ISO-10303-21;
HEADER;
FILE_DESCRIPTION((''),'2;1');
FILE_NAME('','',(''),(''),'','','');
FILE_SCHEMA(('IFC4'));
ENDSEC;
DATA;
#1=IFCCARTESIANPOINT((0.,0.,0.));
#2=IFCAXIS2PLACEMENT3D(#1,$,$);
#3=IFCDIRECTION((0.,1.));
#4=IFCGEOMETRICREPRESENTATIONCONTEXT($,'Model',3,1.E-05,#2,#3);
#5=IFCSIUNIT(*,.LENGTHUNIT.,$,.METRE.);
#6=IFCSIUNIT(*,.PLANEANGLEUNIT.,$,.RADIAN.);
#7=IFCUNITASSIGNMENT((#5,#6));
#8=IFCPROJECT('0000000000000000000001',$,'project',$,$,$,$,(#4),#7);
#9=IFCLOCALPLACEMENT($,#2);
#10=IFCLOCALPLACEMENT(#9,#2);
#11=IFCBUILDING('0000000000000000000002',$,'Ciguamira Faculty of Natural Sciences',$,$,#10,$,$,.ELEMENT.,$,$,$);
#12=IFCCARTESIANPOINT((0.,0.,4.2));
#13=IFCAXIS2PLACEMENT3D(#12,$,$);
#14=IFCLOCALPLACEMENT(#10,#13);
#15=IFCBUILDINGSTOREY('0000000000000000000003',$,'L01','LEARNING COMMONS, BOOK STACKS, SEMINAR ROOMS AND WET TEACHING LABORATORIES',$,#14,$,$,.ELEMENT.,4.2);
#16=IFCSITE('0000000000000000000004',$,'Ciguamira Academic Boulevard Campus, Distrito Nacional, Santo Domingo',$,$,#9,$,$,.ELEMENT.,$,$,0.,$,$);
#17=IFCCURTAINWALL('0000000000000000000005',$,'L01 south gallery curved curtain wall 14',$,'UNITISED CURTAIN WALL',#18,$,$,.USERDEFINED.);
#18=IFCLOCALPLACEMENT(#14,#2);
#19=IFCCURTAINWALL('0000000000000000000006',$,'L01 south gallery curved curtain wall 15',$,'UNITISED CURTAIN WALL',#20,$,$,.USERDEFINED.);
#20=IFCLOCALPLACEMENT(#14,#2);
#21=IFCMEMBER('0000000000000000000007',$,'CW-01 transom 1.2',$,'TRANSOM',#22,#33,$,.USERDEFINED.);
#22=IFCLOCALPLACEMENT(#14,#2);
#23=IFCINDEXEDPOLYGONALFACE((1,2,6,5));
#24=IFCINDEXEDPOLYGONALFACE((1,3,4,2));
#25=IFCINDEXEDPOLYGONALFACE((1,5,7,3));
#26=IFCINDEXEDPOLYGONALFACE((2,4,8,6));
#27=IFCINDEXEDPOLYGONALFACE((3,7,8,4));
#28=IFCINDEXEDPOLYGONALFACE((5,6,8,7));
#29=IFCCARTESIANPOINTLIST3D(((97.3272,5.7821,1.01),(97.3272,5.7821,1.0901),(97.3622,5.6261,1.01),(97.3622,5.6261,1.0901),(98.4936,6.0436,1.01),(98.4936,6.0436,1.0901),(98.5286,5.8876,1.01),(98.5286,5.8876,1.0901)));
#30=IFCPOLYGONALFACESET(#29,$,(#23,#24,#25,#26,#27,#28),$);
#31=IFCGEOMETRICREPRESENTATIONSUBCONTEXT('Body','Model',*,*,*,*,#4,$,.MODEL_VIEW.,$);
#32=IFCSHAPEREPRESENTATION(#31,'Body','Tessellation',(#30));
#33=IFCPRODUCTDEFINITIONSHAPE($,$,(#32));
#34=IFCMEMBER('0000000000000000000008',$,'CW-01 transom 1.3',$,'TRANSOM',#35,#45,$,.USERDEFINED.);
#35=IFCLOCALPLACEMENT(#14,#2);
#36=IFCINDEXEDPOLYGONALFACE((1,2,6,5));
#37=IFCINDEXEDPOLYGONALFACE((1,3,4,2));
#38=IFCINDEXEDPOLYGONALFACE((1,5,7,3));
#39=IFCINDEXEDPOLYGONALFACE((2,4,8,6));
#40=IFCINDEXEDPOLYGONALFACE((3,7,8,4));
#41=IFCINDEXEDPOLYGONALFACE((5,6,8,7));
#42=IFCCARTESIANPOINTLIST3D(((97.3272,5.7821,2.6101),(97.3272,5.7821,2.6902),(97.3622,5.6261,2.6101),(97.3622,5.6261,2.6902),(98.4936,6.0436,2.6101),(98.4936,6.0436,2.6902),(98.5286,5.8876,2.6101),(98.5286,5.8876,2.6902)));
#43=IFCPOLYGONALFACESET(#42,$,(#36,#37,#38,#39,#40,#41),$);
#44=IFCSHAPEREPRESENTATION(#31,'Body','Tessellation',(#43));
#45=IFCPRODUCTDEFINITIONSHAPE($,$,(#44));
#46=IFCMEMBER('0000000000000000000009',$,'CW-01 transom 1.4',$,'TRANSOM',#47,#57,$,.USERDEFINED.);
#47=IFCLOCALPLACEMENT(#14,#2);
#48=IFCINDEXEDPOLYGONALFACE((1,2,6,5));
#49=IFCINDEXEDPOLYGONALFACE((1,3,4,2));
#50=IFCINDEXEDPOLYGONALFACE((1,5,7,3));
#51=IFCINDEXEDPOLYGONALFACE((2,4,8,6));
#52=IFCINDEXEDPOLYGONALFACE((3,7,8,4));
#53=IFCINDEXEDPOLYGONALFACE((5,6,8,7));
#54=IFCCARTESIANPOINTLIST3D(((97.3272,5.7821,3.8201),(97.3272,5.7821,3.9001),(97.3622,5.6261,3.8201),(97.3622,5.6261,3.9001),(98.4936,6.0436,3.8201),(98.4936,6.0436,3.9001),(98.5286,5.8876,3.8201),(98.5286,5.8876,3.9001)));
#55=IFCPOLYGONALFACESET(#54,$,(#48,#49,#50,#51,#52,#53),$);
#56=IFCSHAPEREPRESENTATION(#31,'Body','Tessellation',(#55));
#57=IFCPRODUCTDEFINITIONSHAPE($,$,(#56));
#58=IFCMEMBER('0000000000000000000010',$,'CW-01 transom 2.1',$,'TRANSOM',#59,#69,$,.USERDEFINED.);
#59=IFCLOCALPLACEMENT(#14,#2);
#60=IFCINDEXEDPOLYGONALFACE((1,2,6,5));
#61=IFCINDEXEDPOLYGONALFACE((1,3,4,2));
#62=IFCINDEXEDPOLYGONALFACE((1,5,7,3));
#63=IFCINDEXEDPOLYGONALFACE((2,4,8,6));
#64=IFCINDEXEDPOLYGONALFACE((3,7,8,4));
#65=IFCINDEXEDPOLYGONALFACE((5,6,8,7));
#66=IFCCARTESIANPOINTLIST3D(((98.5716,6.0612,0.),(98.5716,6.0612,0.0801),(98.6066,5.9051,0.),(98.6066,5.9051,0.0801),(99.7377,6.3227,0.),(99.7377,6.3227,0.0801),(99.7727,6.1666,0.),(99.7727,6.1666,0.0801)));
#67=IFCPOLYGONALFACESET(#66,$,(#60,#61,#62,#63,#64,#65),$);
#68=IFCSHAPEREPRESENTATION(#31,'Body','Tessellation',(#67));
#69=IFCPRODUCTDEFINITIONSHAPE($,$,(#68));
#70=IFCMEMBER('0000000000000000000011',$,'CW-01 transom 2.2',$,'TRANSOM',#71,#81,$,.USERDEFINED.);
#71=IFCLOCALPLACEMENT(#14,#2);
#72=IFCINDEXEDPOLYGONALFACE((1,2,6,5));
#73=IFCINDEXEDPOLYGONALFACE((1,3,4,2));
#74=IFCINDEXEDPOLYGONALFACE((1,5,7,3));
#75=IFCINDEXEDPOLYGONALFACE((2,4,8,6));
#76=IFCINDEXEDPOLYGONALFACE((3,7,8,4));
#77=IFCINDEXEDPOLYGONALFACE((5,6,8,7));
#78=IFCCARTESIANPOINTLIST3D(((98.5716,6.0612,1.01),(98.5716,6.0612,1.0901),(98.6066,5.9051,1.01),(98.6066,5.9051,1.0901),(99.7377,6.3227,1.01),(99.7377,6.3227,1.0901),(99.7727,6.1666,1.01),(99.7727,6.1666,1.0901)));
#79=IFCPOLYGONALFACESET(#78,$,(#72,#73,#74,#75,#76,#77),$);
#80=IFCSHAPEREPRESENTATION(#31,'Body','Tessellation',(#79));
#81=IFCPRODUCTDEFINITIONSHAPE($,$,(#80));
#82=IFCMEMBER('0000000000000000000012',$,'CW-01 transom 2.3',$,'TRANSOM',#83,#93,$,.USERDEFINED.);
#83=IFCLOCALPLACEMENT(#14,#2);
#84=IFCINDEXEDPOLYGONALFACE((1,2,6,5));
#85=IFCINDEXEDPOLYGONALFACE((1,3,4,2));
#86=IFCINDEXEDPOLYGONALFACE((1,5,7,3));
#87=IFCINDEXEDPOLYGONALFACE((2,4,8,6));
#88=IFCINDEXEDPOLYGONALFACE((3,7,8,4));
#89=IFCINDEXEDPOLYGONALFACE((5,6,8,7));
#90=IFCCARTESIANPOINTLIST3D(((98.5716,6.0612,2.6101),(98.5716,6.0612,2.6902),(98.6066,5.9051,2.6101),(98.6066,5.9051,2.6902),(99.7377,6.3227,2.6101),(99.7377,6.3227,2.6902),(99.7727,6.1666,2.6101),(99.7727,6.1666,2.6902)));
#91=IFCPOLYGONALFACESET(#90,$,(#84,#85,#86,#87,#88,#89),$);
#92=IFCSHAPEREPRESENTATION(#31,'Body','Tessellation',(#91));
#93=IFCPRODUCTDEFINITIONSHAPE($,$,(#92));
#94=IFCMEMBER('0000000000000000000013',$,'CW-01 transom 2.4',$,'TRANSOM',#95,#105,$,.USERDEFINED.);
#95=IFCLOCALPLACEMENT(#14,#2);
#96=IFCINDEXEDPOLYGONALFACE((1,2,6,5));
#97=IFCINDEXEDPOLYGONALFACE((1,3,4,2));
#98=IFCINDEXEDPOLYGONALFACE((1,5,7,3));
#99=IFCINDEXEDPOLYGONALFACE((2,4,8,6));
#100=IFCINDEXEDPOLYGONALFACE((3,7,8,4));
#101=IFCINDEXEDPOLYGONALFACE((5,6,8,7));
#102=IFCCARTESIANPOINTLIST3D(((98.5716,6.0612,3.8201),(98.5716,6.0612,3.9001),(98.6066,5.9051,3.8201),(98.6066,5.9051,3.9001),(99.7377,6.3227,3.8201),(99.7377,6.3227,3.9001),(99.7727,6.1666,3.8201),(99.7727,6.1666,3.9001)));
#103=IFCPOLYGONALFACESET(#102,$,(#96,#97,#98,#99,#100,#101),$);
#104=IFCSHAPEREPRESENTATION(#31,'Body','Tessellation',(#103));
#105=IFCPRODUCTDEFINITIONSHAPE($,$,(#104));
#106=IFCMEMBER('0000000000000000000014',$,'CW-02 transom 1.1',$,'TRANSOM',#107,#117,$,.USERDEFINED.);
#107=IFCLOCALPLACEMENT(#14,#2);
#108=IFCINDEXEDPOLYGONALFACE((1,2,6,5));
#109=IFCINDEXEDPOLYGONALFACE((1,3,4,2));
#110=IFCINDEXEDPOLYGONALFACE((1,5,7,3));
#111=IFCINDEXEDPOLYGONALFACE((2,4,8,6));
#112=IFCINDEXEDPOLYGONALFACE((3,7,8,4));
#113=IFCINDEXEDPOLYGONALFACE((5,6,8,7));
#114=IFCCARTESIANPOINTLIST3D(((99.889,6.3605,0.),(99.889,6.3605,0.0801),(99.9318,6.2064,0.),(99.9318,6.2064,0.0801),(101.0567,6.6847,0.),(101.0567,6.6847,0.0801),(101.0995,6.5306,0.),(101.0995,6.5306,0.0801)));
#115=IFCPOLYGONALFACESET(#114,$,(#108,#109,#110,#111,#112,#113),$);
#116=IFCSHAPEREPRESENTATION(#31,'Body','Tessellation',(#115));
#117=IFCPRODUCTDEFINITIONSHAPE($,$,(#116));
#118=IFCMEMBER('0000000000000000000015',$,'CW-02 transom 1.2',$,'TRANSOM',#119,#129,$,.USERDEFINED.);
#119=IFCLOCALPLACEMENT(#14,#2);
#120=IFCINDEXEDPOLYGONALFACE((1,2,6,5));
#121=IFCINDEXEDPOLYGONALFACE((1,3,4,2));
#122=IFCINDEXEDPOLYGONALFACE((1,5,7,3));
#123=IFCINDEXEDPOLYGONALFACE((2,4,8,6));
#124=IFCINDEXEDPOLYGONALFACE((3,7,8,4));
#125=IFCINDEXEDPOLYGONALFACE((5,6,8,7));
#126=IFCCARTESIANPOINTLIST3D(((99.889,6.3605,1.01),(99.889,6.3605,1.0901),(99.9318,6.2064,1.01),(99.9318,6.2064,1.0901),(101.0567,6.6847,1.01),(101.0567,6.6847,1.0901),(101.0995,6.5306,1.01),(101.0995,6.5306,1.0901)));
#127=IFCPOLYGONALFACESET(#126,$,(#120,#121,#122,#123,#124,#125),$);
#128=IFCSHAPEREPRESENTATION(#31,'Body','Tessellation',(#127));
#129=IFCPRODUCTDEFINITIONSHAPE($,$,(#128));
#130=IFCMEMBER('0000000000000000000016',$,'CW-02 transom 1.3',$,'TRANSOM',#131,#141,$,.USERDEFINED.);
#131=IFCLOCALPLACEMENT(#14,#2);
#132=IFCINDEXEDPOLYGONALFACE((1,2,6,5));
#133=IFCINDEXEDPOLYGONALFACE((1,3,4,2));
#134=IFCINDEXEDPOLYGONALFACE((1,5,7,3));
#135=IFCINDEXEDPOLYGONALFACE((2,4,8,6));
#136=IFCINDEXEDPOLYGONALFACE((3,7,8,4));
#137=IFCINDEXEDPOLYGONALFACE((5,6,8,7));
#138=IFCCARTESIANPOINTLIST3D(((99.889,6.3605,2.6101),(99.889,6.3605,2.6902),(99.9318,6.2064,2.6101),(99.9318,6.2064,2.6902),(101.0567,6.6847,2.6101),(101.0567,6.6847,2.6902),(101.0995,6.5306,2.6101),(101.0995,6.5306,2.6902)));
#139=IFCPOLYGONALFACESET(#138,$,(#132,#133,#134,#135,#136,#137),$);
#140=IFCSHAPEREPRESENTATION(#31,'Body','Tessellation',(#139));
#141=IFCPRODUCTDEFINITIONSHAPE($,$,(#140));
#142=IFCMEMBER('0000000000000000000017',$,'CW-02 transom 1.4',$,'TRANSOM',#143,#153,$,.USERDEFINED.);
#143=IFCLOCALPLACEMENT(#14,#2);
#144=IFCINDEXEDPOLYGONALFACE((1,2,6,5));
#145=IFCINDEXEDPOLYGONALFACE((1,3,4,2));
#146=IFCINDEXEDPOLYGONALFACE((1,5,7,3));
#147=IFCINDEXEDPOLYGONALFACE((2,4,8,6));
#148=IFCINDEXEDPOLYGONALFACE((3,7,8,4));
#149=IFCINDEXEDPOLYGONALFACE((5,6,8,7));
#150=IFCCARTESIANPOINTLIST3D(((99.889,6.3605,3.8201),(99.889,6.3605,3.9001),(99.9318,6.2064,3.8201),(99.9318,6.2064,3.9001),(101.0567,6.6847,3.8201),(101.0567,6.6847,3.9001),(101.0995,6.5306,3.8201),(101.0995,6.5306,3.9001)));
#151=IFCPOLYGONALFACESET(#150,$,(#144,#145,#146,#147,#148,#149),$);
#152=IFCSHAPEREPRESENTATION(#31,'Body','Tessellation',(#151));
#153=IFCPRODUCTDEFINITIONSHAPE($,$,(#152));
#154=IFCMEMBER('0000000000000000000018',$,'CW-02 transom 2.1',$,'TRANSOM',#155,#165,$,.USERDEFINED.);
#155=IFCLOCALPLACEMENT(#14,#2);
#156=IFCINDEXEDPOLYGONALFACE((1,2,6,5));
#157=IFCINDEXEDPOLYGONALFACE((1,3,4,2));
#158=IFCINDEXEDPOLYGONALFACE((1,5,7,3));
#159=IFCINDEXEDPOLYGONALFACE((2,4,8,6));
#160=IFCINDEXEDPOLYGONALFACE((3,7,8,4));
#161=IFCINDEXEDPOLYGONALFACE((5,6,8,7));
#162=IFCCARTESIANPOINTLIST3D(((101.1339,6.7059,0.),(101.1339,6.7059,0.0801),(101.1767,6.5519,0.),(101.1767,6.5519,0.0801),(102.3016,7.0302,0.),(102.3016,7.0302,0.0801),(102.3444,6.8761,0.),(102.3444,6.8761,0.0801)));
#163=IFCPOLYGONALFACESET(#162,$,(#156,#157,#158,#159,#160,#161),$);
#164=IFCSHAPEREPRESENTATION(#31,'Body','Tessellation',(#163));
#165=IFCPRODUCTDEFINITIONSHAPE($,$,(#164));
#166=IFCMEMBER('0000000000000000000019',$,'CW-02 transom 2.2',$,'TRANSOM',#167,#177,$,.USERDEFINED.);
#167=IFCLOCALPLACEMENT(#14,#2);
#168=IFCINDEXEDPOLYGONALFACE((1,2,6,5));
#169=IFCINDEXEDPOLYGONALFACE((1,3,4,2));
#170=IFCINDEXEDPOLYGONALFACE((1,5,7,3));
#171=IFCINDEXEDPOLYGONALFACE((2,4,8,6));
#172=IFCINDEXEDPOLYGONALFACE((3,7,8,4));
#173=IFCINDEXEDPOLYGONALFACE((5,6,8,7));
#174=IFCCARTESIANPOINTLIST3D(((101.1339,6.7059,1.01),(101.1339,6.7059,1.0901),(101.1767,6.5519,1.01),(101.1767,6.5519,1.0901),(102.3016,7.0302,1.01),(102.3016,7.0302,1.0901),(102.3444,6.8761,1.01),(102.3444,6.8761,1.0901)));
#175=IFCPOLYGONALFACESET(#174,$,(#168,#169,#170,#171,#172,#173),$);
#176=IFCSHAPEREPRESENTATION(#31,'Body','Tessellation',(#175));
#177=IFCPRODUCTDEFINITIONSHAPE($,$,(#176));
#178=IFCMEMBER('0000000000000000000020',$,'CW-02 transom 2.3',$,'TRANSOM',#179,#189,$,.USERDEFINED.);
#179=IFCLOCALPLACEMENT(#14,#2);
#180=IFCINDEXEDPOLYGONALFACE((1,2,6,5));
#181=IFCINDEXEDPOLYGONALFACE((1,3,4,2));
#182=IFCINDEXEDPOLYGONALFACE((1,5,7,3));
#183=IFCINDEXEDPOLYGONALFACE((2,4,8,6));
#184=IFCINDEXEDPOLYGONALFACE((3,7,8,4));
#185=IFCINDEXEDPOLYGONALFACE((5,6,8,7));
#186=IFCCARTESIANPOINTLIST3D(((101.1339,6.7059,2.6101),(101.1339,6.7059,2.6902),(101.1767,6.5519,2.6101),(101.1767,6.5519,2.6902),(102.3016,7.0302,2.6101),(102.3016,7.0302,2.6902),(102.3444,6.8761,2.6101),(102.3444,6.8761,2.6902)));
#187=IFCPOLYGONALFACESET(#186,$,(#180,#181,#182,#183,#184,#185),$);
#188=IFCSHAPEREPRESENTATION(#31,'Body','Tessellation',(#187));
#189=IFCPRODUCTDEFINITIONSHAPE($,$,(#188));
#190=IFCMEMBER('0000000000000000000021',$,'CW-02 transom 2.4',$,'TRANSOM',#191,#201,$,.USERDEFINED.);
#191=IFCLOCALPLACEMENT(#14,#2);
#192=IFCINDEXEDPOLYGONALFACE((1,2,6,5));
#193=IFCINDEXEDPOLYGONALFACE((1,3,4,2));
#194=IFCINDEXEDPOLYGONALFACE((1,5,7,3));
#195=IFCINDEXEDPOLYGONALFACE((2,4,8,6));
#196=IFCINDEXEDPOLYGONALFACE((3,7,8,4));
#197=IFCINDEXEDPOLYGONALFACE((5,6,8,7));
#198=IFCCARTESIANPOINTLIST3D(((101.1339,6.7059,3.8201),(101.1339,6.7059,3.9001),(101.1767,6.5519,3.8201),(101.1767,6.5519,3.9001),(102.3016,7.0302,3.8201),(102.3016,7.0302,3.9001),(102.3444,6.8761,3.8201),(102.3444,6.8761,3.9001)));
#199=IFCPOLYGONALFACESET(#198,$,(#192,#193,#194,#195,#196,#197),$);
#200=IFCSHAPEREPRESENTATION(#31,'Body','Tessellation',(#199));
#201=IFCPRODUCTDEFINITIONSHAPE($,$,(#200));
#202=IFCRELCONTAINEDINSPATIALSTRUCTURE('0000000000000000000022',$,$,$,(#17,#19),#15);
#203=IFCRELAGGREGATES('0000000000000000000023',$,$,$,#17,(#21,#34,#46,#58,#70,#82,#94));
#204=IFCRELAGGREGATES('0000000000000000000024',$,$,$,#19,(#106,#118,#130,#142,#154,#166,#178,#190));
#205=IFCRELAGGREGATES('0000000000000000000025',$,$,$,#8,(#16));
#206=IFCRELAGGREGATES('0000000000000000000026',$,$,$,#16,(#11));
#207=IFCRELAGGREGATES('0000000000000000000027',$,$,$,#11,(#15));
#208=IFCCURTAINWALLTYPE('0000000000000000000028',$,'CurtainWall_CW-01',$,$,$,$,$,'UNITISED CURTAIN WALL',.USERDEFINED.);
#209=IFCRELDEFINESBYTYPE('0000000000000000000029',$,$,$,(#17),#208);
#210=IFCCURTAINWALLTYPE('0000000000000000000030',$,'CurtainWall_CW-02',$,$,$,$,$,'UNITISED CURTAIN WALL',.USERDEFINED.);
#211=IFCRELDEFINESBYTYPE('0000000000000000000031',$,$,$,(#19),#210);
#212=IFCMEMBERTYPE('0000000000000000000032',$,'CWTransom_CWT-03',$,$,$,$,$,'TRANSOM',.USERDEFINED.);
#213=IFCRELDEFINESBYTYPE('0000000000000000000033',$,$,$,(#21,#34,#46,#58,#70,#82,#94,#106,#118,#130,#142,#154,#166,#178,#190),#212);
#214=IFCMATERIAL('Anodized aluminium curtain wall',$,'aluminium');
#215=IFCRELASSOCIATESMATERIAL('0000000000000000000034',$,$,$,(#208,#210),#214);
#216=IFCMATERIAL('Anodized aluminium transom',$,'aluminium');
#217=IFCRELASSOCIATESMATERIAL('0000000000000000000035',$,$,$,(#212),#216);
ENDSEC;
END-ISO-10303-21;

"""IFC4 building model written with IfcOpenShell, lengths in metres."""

from ifc_helpers import new_model, si_unit, direction, frame, origin, origin_2d, place, context, subcontext, project, spatial, rectangle, extrude, material, material_profile, profile_set, type_object, element, aggregate, save


model = new_model("IFC4")

# Units and contexts
model_context = context("Model", 3, precision=1e-05, world=origin(), true_north=direction((0.0, 1.0)))
body_context = subcontext(model_context, "Body", "Model", "MODEL_VIEW")
ifc_project = project(units=[si_unit("LENGTHUNIT", "METRE"), si_unit("PLANEANGLEUNIT", "RADIAN")], contexts=[model_context])

# Site, building, storey
site_placement = place(None, origin())
site = spatial("IfcSite", under=ifc_project, at=site_placement, Name="Ciguamira Academic Boulevard Campus, Distrito Nacional, Santo Domingo", CompositionType="ELEMENT", RefElevation=0.0)
building_placement = place(site_placement, origin())
building = spatial("IfcBuilding", under=site, at=building_placement, Name="Ciguamira Faculty of Natural Sciences", CompositionType="ELEMENT")
storey_placement = place(building_placement, frame((0.0, 0.0, 4.2)))
storey = spatial("IfcBuildingStorey", under=building, at=storey_placement, Name="L01", Description="LEARNING COMMONS, BOOK STACKS, SEMINAR ROOMS AND WET TEACHING LABORATORIES", CompositionType="ELEMENT", Elevation=4.2)

# Shared definitions
ifc_material_1 = material(Name="Anodized aluminium curtain wall", Category="aluminium")

# Curtain walls
curtain_wall_type_1 = type_object("IfcCurtainWallType", Name="CurtainWall_CW-01", ElementType="UNITISED CURTAIN WALL", PredefinedType="USERDEFINED", material=ifc_material_1)
curtain_wall_1_placement = place(storey_placement, origin())
curtain_wall_1 = element("IfcCurtainWall", 1, at=curtain_wall_1_placement, inside=storey, type_object=curtain_wall_type_1, Name="L01 south gallery curved curtain wall 14", ObjectType="UNITISED CURTAIN WALL", PredefinedType="USERDEFINED")
curtain_wall_type_2 = type_object("IfcCurtainWallType", Name="CurtainWall_CW-02", ElementType="UNITISED CURTAIN WALL", PredefinedType="USERDEFINED", material=ifc_material_1)
curtain_wall_2_placement = place(storey_placement, origin())
curtain_wall_2 = element("IfcCurtainWall", 2, at=curtain_wall_2_placement, inside=storey, type_object=curtain_wall_type_2, Name="L01 south gallery curved curtain wall 15", ObjectType="UNITISED CURTAIN WALL", PredefinedType="USERDEFINED")

# Members
ifc_material_2 = material(Name="Anodized aluminium transom", Category="aluminium")
ifc_material_profile_1 = material_profile(ifc_material_2, rectangle(XDim=0.0801, YDim=0.1599, at=origin_2d()), Name="ALU-TRN-80X160")
ifc_profile_set_1 = profile_set([ifc_material_profile_1], Name="Anodized aluminium transom")
member_type_1 = type_object("IfcMemberType", Name="CWTransom_CWT-03", ElementType="TRANSOM", PredefinedType="USERDEFINED", material=ifc_profile_set_1)
member_1_placement = place(storey_placement, frame((97.3447, 5.7041, 1.05), z_axis=(0.975777, 0.218768, 0.0), x_axis=(0.0, 0.0, 1.0)))
member_1 = element("IfcMember", 3, at=member_1_placement, type_object=member_type_1, Name="CW-01 transom 1.2", ObjectType="TRANSOM", PredefinedType="USERDEFINED", context=body_context, shape_type="SweptSolid", body=[
    extrude(rectangle(XDim=0.0801, YDim=0.1599, at=origin_2d()), origin(), (0.0, 0.0, 1.0), 1.1953),
])
member_2_placement = place(storey_placement, frame((97.3447, 5.7041, 2.6501), z_axis=(0.975777, 0.218768, 0.0), x_axis=(0.0, 0.0, 1.0)))
member_2 = element("IfcMember", 4, at=member_2_placement, type_object=member_type_1, Name="CW-01 transom 1.3", ObjectType="TRANSOM", PredefinedType="USERDEFINED", context=body_context, shape_type="SweptSolid", body=[
    extrude(rectangle(XDim=0.0801, YDim=0.1599, at=origin_2d()), origin(), (0.0, 0.0, 1.0), 1.1953),
])
member_3_placement = place(storey_placement, frame((97.3447, 5.7041, 3.8601), z_axis=(0.975777, 0.218768, 0.0), x_axis=(0.0, 0.0, 1.0)))
member_3 = element("IfcMember", 5, at=member_3_placement, type_object=member_type_1, Name="CW-01 transom 1.4", ObjectType="TRANSOM", PredefinedType="USERDEFINED", context=body_context, shape_type="SweptSolid", body=[
    extrude(rectangle(XDim=0.0801, YDim=0.1599, at=origin_2d()), origin(), (0.0, 0.0, 1.0), 1.1953),
])
member_4_placement = place(storey_placement, frame((98.5891, 5.9832, 0.04), z_axis=(0.975767, 0.218812, 0.0), x_axis=(0.0, 0.0, 1.0)))
member_4 = element("IfcMember", 6, at=member_4_placement, type_object=member_type_1, Name="CW-01 transom 2.1", ObjectType="TRANSOM", PredefinedType="USERDEFINED", context=body_context, shape_type="SweptSolid", body=[
    extrude(rectangle(XDim=0.0801, YDim=0.1599, at=origin_2d()), origin(), (0.0, 0.0, 1.0), 1.1951),
])
member_5_placement = place(storey_placement, frame((98.5891, 5.9832, 1.05), z_axis=(0.975767, 0.218812, 0.0), x_axis=(0.0, 0.0, 1.0)))
member_5 = element("IfcMember", 7, at=member_5_placement, type_object=member_type_1, Name="CW-01 transom 2.2", ObjectType="TRANSOM", PredefinedType="USERDEFINED", context=body_context, shape_type="SweptSolid", body=[
    extrude(rectangle(XDim=0.0801, YDim=0.1599, at=origin_2d()), origin(), (0.0, 0.0, 1.0), 1.1951),
])
member_6_placement = place(storey_placement, frame((98.5891, 5.9832, 2.6501), z_axis=(0.975767, 0.218812, 0.0), x_axis=(0.0, 0.0, 1.0)))
member_6 = element("IfcMember", 8, at=member_6_placement, type_object=member_type_1, Name="CW-01 transom 2.3", ObjectType="TRANSOM", PredefinedType="USERDEFINED", context=body_context, shape_type="SweptSolid", body=[
    extrude(rectangle(XDim=0.0801, YDim=0.1599, at=origin_2d()), origin(), (0.0, 0.0, 1.0), 1.1951),
])
member_7_placement = place(storey_placement, frame((98.5891, 5.9832, 3.8601), z_axis=(0.975767, 0.218812, 0.0), x_axis=(0.0, 0.0, 1.0)))
member_7 = element("IfcMember", 9, at=member_7_placement, type_object=member_type_1, Name="CW-01 transom 2.4", ObjectType="TRANSOM", PredefinedType="USERDEFINED", context=body_context, shape_type="SweptSolid", body=[
    extrude(rectangle(XDim=0.0801, YDim=0.1599, at=origin_2d()), origin(), (0.0, 0.0, 1.0), 1.1951),
])
member_8_placement = place(storey_placement, frame((99.9104, 6.2834, 0.04), z_axis=(0.96355, 0.26753, 0.0), x_axis=(0.0, 0.0, 1.0)))
member_8 = element("IfcMember", 10, at=member_8_placement, type_object=member_type_1, Name="CW-02 transom 1.1", ObjectType="TRANSOM", PredefinedType="USERDEFINED", context=body_context, shape_type="SweptSolid", body=[
    extrude(rectangle(XDim=0.0801, YDim=0.1599, at=origin_2d()), origin(), (0.0, 0.0, 1.0), 1.2119),
])
member_9_placement = place(storey_placement, frame((99.9104, 6.2834, 1.05), z_axis=(0.96355, 0.26753, 0.0), x_axis=(0.0, 0.0, 1.0)))
member_9 = element("IfcMember", 11, at=member_9_placement, type_object=member_type_1, Name="CW-02 transom 1.2", ObjectType="TRANSOM", PredefinedType="USERDEFINED", context=body_context, shape_type="SweptSolid", body=[
    extrude(rectangle(XDim=0.0801, YDim=0.1599, at=origin_2d()), origin(), (0.0, 0.0, 1.0), 1.2119),
])
member_10_placement = place(storey_placement, frame((99.9104, 6.2834, 2.6501), z_axis=(0.96355, 0.26753, 0.0), x_axis=(0.0, 0.0, 1.0)))
member_10 = element("IfcMember", 12, at=member_10_placement, type_object=member_type_1, Name="CW-02 transom 1.3", ObjectType="TRANSOM", PredefinedType="USERDEFINED", context=body_context, shape_type="SweptSolid", body=[
    extrude(rectangle(XDim=0.0801, YDim=0.1599, at=origin_2d()), origin(), (0.0, 0.0, 1.0), 1.2119),
])
member_11_placement = place(storey_placement, frame((99.9104, 6.2834, 3.8601), z_axis=(0.96355, 0.26753, 0.0), x_axis=(0.0, 0.0, 1.0)))
member_11 = element("IfcMember", 13, at=member_11_placement, type_object=member_type_1, Name="CW-02 transom 1.4", ObjectType="TRANSOM", PredefinedType="USERDEFINED", context=body_context, shape_type="SweptSolid", body=[
    extrude(rectangle(XDim=0.0801, YDim=0.1599, at=origin_2d()), origin(), (0.0, 0.0, 1.0), 1.2119),
])
member_12_placement = place(storey_placement, frame((101.1553, 6.6289, 0.04), z_axis=(0.96355, 0.26753, 0.0), x_axis=(0.0, 0.0, 1.0)))
member_12 = element("IfcMember", 14, at=member_12_placement, type_object=member_type_1, Name="CW-02 transom 2.1", ObjectType="TRANSOM", PredefinedType="USERDEFINED", context=body_context, shape_type="SweptSolid", body=[
    extrude(rectangle(XDim=0.0801, YDim=0.1599, at=origin_2d()), origin(), (0.0, 0.0, 1.0), 1.2119),
])
member_13_placement = place(storey_placement, frame((101.1553, 6.6289, 1.05), z_axis=(0.96355, 0.26753, 0.0), x_axis=(0.0, 0.0, 1.0)))
member_13 = element("IfcMember", 15, at=member_13_placement, type_object=member_type_1, Name="CW-02 transom 2.2", ObjectType="TRANSOM", PredefinedType="USERDEFINED", context=body_context, shape_type="SweptSolid", body=[
    extrude(rectangle(XDim=0.0801, YDim=0.1599, at=origin_2d()), origin(), (0.0, 0.0, 1.0), 1.2119),
])
member_14_placement = place(storey_placement, frame((101.1553, 6.6289, 2.6501), z_axis=(0.96355, 0.26753, 0.0), x_axis=(0.0, 0.0, 1.0)))
member_14 = element("IfcMember", 16, at=member_14_placement, type_object=member_type_1, Name="CW-02 transom 2.3", ObjectType="TRANSOM", PredefinedType="USERDEFINED", context=body_context, shape_type="SweptSolid", body=[
    extrude(rectangle(XDim=0.0801, YDim=0.1599, at=origin_2d()), origin(), (0.0, 0.0, 1.0), 1.2119),
])
member_15_placement = place(storey_placement, frame((101.1553, 6.6289, 3.8601), z_axis=(0.96355, 0.26753, 0.0), x_axis=(0.0, 0.0, 1.0)))
member_15 = element("IfcMember", 17, at=member_15_placement, type_object=member_type_1, Name="CW-02 transom 2.4", ObjectType="TRANSOM", PredefinedType="USERDEFINED", context=body_context, shape_type="SweptSolid", body=[
    extrude(rectangle(XDim=0.0801, YDim=0.1599, at=origin_2d()), origin(), (0.0, 0.0, 1.0), 1.2119),
])

aggregate(curtain_wall_1, [member_1, member_2, member_3, member_4, member_5, member_6, member_7])
aggregate(curtain_wall_2, [member_8, member_9, member_10, member_11, member_12, member_13, member_14, member_15])

save(model, "model.ifc")
